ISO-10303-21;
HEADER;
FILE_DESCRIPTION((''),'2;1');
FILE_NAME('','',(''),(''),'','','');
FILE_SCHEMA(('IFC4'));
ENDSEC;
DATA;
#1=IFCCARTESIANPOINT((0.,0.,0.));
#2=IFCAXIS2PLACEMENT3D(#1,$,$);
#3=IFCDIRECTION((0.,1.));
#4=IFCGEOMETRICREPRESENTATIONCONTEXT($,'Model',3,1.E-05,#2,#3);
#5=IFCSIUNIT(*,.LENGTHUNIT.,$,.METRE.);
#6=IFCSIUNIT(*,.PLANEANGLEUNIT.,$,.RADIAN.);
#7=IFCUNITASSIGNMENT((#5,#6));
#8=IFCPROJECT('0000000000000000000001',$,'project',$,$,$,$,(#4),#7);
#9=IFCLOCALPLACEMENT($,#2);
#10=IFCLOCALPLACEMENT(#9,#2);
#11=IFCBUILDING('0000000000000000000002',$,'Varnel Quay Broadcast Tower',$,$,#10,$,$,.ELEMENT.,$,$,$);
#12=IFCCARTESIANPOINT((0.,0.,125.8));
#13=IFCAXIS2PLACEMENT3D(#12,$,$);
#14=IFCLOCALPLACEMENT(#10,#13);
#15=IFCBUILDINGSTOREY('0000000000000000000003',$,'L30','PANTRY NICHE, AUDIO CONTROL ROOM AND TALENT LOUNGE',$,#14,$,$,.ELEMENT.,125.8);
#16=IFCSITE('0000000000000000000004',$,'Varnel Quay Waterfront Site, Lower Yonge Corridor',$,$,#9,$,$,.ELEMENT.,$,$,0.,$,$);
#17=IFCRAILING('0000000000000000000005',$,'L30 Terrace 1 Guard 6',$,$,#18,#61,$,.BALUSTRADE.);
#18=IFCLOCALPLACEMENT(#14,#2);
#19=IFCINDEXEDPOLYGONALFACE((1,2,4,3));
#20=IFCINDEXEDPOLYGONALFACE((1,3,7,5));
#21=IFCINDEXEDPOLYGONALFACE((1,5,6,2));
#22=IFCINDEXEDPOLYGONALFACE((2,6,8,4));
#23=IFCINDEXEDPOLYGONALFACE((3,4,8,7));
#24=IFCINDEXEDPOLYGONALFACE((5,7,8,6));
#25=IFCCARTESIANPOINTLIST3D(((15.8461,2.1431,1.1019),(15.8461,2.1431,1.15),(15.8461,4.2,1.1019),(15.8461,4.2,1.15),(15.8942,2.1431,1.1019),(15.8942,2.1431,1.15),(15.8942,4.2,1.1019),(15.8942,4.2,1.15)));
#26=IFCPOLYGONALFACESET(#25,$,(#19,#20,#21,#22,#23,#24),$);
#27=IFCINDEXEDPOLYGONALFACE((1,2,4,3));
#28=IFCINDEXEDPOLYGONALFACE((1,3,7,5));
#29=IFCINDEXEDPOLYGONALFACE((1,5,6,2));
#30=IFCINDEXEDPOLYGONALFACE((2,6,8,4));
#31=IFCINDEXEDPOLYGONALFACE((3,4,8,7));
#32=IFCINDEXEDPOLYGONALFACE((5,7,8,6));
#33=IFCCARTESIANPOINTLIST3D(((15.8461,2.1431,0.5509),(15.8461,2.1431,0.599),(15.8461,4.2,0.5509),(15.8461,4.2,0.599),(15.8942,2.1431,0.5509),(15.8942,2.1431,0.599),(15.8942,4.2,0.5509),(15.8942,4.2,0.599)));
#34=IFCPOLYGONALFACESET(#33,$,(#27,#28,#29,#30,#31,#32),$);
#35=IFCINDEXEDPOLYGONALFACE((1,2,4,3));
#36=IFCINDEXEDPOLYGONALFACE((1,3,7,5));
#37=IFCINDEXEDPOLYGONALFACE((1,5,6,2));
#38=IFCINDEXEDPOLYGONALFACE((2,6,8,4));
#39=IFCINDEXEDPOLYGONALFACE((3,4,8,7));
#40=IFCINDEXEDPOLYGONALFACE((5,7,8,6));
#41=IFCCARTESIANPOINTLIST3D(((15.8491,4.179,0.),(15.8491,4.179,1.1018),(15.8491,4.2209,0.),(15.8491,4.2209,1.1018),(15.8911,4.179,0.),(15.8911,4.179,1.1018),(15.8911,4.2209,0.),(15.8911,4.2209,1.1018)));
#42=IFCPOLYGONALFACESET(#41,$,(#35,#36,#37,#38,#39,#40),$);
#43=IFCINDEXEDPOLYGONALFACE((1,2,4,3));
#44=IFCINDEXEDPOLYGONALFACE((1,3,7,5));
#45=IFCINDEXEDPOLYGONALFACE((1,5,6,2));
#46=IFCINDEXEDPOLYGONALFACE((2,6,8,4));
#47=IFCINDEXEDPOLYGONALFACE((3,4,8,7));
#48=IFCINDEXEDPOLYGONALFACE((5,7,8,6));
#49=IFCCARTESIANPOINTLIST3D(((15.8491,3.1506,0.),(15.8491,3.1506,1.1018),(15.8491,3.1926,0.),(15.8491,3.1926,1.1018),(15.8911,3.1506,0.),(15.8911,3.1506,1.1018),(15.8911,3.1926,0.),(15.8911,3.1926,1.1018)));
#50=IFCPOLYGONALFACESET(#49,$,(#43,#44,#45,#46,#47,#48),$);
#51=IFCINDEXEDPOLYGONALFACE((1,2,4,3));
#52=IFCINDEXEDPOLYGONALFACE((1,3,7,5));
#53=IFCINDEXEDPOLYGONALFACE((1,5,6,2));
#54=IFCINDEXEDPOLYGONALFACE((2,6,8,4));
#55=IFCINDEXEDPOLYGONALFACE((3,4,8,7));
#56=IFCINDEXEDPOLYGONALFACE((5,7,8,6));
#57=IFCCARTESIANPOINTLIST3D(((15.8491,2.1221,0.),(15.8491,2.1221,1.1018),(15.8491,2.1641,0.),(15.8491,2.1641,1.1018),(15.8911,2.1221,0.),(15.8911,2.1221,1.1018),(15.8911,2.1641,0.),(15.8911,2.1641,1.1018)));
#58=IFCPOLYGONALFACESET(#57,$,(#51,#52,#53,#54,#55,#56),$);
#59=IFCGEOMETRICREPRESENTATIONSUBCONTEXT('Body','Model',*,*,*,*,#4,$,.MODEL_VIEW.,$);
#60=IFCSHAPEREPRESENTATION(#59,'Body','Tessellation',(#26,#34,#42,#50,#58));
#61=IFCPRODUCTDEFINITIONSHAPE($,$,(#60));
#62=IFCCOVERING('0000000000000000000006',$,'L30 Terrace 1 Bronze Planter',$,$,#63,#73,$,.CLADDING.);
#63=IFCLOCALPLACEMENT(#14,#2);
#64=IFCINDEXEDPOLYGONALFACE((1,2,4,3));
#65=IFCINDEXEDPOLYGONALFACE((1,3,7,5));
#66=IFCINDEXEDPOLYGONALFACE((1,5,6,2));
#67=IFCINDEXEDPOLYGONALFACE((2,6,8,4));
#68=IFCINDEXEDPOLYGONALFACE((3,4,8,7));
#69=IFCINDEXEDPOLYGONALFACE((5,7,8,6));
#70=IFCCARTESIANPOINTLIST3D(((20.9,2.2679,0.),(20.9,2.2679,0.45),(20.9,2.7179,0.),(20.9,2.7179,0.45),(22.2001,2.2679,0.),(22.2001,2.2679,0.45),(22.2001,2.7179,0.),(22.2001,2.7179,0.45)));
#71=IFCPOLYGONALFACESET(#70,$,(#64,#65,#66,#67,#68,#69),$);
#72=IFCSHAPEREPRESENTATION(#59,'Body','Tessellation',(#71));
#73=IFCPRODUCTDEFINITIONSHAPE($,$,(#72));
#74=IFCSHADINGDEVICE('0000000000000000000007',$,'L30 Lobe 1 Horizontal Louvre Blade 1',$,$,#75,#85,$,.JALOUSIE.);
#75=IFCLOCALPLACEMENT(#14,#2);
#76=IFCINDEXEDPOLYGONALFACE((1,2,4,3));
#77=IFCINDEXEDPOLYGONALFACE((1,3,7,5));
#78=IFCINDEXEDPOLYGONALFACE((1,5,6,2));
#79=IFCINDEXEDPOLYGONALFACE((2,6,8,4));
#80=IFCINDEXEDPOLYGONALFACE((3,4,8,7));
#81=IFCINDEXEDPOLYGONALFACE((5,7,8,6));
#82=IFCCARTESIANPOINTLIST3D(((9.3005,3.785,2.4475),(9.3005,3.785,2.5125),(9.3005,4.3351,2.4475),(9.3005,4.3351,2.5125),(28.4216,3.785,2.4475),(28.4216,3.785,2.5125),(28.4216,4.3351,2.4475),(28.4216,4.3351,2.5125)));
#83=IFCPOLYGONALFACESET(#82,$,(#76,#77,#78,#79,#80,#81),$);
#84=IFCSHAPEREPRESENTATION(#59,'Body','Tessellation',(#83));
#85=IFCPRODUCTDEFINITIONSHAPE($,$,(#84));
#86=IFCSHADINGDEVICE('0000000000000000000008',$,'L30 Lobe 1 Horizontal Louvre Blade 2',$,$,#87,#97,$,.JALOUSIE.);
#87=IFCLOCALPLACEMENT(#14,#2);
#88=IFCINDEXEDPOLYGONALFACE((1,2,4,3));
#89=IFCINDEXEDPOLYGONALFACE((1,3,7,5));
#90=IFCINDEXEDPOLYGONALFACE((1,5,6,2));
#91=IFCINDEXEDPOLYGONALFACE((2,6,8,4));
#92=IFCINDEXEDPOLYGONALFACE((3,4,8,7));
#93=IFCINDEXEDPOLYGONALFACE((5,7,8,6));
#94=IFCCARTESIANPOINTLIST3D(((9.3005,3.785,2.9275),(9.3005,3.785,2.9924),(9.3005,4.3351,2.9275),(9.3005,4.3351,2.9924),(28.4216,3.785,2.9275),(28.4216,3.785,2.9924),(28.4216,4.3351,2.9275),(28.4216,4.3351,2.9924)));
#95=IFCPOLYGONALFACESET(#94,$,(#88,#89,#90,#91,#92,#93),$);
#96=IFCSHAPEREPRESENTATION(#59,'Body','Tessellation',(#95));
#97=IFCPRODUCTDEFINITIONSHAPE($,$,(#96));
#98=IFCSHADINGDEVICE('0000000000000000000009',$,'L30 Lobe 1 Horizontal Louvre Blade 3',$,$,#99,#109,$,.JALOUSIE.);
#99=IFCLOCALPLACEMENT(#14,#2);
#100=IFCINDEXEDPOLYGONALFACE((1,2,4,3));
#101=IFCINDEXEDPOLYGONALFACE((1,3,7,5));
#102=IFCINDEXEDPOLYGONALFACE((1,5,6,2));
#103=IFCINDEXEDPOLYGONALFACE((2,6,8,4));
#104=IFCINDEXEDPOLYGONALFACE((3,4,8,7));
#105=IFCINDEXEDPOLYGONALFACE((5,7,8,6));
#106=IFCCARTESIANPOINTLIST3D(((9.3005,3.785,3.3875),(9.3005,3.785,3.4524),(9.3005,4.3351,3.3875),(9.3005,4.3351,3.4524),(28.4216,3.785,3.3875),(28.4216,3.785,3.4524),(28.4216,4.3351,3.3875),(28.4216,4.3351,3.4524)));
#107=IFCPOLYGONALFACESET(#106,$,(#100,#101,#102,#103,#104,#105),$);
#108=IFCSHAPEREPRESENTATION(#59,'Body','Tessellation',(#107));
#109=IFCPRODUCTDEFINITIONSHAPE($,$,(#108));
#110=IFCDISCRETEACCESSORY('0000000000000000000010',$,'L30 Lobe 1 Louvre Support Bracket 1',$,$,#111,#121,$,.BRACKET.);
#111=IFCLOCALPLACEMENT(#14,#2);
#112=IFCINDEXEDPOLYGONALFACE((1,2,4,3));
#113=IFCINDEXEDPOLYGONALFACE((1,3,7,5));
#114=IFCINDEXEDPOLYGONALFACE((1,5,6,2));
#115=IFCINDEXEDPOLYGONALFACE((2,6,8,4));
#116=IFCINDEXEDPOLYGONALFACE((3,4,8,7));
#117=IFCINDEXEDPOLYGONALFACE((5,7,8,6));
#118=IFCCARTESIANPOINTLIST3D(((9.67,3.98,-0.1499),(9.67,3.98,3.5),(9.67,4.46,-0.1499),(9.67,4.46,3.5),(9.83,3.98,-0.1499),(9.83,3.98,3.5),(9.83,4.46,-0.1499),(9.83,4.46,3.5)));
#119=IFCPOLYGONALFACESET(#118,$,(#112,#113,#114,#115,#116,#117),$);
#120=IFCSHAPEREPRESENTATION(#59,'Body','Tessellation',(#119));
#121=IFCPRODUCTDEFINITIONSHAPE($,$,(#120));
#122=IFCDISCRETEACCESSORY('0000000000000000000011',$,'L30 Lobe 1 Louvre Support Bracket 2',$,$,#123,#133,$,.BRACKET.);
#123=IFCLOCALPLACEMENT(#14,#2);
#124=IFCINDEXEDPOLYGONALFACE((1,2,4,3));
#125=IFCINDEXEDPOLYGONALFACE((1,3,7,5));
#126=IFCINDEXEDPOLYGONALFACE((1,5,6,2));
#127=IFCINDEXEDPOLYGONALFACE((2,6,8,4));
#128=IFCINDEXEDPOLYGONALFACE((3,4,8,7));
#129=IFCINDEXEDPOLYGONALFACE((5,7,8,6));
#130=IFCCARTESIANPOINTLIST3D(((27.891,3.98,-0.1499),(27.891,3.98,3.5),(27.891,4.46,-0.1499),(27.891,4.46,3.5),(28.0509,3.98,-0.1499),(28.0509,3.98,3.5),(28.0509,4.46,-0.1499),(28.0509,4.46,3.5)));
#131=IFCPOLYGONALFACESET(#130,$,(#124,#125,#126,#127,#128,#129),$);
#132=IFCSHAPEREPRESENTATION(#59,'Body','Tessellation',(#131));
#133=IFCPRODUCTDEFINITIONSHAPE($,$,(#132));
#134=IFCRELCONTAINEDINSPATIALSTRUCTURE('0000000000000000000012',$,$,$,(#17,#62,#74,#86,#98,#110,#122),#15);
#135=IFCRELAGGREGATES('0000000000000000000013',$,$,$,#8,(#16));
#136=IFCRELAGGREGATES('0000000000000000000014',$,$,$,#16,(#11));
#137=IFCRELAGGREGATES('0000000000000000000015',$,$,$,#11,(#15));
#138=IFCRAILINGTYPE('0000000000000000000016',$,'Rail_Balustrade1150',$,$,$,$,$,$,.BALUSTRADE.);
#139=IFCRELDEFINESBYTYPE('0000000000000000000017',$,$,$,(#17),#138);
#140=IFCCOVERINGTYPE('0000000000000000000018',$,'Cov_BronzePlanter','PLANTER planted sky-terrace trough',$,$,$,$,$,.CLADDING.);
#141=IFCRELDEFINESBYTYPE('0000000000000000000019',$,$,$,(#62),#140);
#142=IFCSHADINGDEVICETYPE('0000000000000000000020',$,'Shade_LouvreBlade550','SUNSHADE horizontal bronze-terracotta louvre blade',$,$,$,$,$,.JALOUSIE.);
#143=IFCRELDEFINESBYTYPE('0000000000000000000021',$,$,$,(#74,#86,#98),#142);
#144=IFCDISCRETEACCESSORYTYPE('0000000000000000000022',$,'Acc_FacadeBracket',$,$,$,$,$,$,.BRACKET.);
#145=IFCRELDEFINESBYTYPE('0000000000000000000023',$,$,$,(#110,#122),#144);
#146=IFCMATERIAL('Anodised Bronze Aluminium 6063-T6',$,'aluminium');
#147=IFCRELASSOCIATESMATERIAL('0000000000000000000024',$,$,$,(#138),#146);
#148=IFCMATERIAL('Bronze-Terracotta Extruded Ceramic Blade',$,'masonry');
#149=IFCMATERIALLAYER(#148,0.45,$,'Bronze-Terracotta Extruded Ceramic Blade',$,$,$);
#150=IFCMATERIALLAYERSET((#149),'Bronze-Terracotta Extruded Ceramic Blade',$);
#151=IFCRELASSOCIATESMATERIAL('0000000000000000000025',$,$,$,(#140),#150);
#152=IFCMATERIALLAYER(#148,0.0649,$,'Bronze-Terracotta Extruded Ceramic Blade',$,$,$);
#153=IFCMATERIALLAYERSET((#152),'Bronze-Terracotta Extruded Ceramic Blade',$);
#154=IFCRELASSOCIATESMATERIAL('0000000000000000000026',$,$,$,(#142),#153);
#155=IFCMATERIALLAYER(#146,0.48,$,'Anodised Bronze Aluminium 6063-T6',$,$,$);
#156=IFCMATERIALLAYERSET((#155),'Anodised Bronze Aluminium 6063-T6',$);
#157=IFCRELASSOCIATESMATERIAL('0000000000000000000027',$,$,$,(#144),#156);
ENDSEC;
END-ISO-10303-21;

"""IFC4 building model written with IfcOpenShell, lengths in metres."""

from ifc_helpers import new_model, si_unit, direction, frame, origin, origin_2d, place, context, subcontext, project, spatial, rectangle, extrude, source, transform, mapped, material, layer, layer_set, type_object, type_shapes, element, save


model = new_model("IFC4")

# Units and contexts
model_context = context("Model", 3, precision=1e-05, world=origin(), true_north=direction((0.0, 1.0)))
body_context = subcontext(model_context, "Body", "Model", "MODEL_VIEW")
ifc_project = project(units=[si_unit("LENGTHUNIT", "METRE"), si_unit("PLANEANGLEUNIT", "RADIAN")], contexts=[model_context])

# Site, building, storey
site_placement = place(None, origin())
site = spatial("IfcSite", under=ifc_project, at=site_placement, Name="Varnel Quay Waterfront Site, Lower Yonge Corridor", CompositionType="ELEMENT", RefElevation=0.0)
building_placement = place(site_placement, origin())
building = spatial("IfcBuilding", under=site, at=building_placement, Name="Varnel Quay Broadcast Tower", CompositionType="ELEMENT")
storey_placement = place(building_placement, frame((0.0, 0.0, 125.8)))
storey = spatial("IfcBuildingStorey", under=building, at=storey_placement, Name="L30", Description="PANTRY NICHE, AUDIO CONTROL ROOM AND TALENT LOUNGE", CompositionType="ELEMENT", Elevation=125.8)

# Shared definitions
ifc_material_1 = material(Name="Anodised Bronze Aluminium 6063-T6", Category="aluminium")

# Railing
railing_type = type_object("IfcRailingType", Name="Rail_Balustrade1150", PredefinedType="BALUSTRADE", material=ifc_material_1)
railing_1_placement = place(storey_placement, frame((15.8701, 4.2, 0.0)))
element("IfcRailing", 1, at=railing_1_placement, inside=storey, type_object=railing_type, Name="L30 Terrace 1 Guard 6", PredefinedType="BALUSTRADE", context=body_context, shape_type="SweptSolid", body=[
    extrude(rectangle(XDim=0.0481, YDim=0.0481, at=origin_2d()), frame((0.0, 0.0, 1.126), z_axis=(0.0, -1.0, 0.0), x_axis=(1.0, 0.0, 0.0)), (0.0, 0.0, 1.0), 2.0569),
    extrude(rectangle(XDim=0.0481, YDim=0.0481, at=origin_2d()), frame((0.0, 0.0, 0.575), z_axis=(0.0, -1.0, 0.0), x_axis=(1.0, 0.0, 0.0)), (0.0, 0.0, 1.0), 2.0569),
    extrude(rectangle(XDim=0.042, YDim=0.042, at=origin_2d()), origin(), (0.0, 0.0, 1.0), 1.1018),
    extrude(rectangle(XDim=0.042, YDim=0.042, at=origin_2d()), frame((0.0, -1.0283, 0.0)), (0.0, 0.0, 1.0), 1.1018),
    extrude(rectangle(XDim=0.042, YDim=0.042, at=origin_2d()), frame((0.0, -2.0569, 0.0)), (0.0, 0.0, 1.0), 1.1018),
])

# Covering
ifc_material_2 = material(Name="Bronze-Terracotta Extruded Ceramic Blade", Category="masonry")
ifc_layer_1 = layer(ifc_material_2, 0.45, Name="Bronze-Terracotta Extruded Ceramic Blade")
ifc_layer_set_1 = layer_set([ifc_layer_1], Name="Bronze-Terracotta Extruded Ceramic Blade")
covering_type = type_object("IfcCoveringType", Name="Cov_BronzePlanter", Description="PLANTER planted sky-terrace trough", PredefinedType="CLADDING", material=ifc_layer_set_1)
shared_shape_1 = source(origin(), body_context, "Body", "SweptSolid", [
    extrude(rectangle(XDim=1.3, YDim=0.45, at=origin_2d()), origin(), (0.0, 0.0, 1.0), 0.45),
])
type_shapes(covering_type, [shared_shape_1])
covering_placement = place(storey_placement, frame((21.55, 2.4929, 0.0), z_axis=(0.0, 0.0, 1.0), x_axis=(1.0, 0.0, 0.0)))
element("IfcCovering", 2, at=covering_placement, inside=storey, type_object=covering_type, Name="L30 Terrace 1 Bronze Planter", PredefinedType="CLADDING", context=body_context, shape_type="MappedRepresentation", body=[
    mapped(shared_shape_1, transform((0.0, 0.0, 0.0), x_axis=(1.0, 0.0, 0.0), y_axis=(0.0, 1.0, 0.0), z_axis=(0.0, 0.0, 1.0), scale=1.0)),
])

# Shading devices
ifc_layer_2 = layer(ifc_material_2, 0.0649, Name="Bronze-Terracotta Extruded Ceramic Blade")
ifc_layer_set_2 = layer_set([ifc_layer_2], Name="Bronze-Terracotta Extruded Ceramic Blade")
shading_device_type = type_object("IfcShadingDeviceType", Name="Shade_LouvreBlade550", Description="SUNSHADE horizontal bronze-terracotta louvre blade", PredefinedType="JALOUSIE", material=ifc_layer_set_2)
shared_shape_2 = source(origin(), body_context, "Body", "SweptSolid", [
    extrude(rectangle(XDim=19.1211, YDim=0.55, at=origin_2d()), origin(), (0.0, 0.0, 1.0), 0.0649),
])
type_shapes(shading_device_type, [shared_shape_2])
for number, where, z_axis, x_axis, name in (
    (3, (18.8611, 4.0601, 2.4475), (0.0, 0.0, 1.0), (1.0, 0.0, 0.0), "L30 Lobe 1 Horizontal Louvre Blade 1"),
    (4, (18.8611, 4.0601, 2.9275), (0.0, 0.0, 1.0), (1.0, 0.0, 0.0), "L30 Lobe 1 Horizontal Louvre Blade 2"),
    (5, (18.8611, 4.0601, 3.3875), (0.0, 0.0, 1.0), (1.0, 0.0, 0.0), "L30 Lobe 1 Horizontal Louvre Blade 3"),
):
    element("IfcShadingDevice", number, at=place(storey_placement, frame(where, z_axis=z_axis, x_axis=x_axis)), inside=storey, type_object=shading_device_type, Name=name, PredefinedType="JALOUSIE", context=body_context, shape_type="MappedRepresentation", body=[
        mapped(shared_shape_2, transform((0.0, 0.0, 0.0), x_axis=(1.0, 0.0, 0.0), y_axis=(0.0, 1.0, 0.0), z_axis=(0.0, 0.0, 1.0), scale=1.0)),
    ])

# Discrete accessories
ifc_layer_3 = layer(ifc_material_1, 0.48, Name="Anodised Bronze Aluminium 6063-T6")
ifc_layer_set_3 = layer_set([ifc_layer_3], Name="Anodised Bronze Aluminium 6063-T6")
discrete_accessory_type = type_object("IfcDiscreteAccessoryType", Name="Acc_FacadeBracket", PredefinedType="BRACKET", material=ifc_layer_set_3)
shared_shape_3 = source(origin(), body_context, "Body", "SweptSolid", [
    extrude(rectangle(XDim=0.1599, YDim=0.48, at=origin_2d()), origin(), (0.0, 0.0, 1.0), 3.6499),
])
type_shapes(discrete_accessory_type, [shared_shape_3])
for number, where, z_axis, x_axis, name in (
    (6, (9.75, 4.22, -0.1499), (0.0, 0.0, 1.0), (1.0, 0.0, 0.0), "L30 Lobe 1 Louvre Support Bracket 1"),
    (7, (27.9709, 4.22, -0.1499), (0.0, 0.0, 1.0), (1.0, 0.0, 0.0), "L30 Lobe 1 Louvre Support Bracket 2"),
):
    element("IfcDiscreteAccessory", number, at=place(storey_placement, frame(where, z_axis=z_axis, x_axis=x_axis)), inside=storey, type_object=discrete_accessory_type, Name=name, PredefinedType="BRACKET", context=body_context, shape_type="MappedRepresentation", body=[
        mapped(shared_shape_3, transform((0.0, 0.0, 0.0), x_axis=(1.0, 0.0, 0.0), y_axis=(0.0, 1.0, 0.0), z_axis=(0.0, 0.0, 1.0), scale=1.0)),
    ])

save(model, "model.ifc")
